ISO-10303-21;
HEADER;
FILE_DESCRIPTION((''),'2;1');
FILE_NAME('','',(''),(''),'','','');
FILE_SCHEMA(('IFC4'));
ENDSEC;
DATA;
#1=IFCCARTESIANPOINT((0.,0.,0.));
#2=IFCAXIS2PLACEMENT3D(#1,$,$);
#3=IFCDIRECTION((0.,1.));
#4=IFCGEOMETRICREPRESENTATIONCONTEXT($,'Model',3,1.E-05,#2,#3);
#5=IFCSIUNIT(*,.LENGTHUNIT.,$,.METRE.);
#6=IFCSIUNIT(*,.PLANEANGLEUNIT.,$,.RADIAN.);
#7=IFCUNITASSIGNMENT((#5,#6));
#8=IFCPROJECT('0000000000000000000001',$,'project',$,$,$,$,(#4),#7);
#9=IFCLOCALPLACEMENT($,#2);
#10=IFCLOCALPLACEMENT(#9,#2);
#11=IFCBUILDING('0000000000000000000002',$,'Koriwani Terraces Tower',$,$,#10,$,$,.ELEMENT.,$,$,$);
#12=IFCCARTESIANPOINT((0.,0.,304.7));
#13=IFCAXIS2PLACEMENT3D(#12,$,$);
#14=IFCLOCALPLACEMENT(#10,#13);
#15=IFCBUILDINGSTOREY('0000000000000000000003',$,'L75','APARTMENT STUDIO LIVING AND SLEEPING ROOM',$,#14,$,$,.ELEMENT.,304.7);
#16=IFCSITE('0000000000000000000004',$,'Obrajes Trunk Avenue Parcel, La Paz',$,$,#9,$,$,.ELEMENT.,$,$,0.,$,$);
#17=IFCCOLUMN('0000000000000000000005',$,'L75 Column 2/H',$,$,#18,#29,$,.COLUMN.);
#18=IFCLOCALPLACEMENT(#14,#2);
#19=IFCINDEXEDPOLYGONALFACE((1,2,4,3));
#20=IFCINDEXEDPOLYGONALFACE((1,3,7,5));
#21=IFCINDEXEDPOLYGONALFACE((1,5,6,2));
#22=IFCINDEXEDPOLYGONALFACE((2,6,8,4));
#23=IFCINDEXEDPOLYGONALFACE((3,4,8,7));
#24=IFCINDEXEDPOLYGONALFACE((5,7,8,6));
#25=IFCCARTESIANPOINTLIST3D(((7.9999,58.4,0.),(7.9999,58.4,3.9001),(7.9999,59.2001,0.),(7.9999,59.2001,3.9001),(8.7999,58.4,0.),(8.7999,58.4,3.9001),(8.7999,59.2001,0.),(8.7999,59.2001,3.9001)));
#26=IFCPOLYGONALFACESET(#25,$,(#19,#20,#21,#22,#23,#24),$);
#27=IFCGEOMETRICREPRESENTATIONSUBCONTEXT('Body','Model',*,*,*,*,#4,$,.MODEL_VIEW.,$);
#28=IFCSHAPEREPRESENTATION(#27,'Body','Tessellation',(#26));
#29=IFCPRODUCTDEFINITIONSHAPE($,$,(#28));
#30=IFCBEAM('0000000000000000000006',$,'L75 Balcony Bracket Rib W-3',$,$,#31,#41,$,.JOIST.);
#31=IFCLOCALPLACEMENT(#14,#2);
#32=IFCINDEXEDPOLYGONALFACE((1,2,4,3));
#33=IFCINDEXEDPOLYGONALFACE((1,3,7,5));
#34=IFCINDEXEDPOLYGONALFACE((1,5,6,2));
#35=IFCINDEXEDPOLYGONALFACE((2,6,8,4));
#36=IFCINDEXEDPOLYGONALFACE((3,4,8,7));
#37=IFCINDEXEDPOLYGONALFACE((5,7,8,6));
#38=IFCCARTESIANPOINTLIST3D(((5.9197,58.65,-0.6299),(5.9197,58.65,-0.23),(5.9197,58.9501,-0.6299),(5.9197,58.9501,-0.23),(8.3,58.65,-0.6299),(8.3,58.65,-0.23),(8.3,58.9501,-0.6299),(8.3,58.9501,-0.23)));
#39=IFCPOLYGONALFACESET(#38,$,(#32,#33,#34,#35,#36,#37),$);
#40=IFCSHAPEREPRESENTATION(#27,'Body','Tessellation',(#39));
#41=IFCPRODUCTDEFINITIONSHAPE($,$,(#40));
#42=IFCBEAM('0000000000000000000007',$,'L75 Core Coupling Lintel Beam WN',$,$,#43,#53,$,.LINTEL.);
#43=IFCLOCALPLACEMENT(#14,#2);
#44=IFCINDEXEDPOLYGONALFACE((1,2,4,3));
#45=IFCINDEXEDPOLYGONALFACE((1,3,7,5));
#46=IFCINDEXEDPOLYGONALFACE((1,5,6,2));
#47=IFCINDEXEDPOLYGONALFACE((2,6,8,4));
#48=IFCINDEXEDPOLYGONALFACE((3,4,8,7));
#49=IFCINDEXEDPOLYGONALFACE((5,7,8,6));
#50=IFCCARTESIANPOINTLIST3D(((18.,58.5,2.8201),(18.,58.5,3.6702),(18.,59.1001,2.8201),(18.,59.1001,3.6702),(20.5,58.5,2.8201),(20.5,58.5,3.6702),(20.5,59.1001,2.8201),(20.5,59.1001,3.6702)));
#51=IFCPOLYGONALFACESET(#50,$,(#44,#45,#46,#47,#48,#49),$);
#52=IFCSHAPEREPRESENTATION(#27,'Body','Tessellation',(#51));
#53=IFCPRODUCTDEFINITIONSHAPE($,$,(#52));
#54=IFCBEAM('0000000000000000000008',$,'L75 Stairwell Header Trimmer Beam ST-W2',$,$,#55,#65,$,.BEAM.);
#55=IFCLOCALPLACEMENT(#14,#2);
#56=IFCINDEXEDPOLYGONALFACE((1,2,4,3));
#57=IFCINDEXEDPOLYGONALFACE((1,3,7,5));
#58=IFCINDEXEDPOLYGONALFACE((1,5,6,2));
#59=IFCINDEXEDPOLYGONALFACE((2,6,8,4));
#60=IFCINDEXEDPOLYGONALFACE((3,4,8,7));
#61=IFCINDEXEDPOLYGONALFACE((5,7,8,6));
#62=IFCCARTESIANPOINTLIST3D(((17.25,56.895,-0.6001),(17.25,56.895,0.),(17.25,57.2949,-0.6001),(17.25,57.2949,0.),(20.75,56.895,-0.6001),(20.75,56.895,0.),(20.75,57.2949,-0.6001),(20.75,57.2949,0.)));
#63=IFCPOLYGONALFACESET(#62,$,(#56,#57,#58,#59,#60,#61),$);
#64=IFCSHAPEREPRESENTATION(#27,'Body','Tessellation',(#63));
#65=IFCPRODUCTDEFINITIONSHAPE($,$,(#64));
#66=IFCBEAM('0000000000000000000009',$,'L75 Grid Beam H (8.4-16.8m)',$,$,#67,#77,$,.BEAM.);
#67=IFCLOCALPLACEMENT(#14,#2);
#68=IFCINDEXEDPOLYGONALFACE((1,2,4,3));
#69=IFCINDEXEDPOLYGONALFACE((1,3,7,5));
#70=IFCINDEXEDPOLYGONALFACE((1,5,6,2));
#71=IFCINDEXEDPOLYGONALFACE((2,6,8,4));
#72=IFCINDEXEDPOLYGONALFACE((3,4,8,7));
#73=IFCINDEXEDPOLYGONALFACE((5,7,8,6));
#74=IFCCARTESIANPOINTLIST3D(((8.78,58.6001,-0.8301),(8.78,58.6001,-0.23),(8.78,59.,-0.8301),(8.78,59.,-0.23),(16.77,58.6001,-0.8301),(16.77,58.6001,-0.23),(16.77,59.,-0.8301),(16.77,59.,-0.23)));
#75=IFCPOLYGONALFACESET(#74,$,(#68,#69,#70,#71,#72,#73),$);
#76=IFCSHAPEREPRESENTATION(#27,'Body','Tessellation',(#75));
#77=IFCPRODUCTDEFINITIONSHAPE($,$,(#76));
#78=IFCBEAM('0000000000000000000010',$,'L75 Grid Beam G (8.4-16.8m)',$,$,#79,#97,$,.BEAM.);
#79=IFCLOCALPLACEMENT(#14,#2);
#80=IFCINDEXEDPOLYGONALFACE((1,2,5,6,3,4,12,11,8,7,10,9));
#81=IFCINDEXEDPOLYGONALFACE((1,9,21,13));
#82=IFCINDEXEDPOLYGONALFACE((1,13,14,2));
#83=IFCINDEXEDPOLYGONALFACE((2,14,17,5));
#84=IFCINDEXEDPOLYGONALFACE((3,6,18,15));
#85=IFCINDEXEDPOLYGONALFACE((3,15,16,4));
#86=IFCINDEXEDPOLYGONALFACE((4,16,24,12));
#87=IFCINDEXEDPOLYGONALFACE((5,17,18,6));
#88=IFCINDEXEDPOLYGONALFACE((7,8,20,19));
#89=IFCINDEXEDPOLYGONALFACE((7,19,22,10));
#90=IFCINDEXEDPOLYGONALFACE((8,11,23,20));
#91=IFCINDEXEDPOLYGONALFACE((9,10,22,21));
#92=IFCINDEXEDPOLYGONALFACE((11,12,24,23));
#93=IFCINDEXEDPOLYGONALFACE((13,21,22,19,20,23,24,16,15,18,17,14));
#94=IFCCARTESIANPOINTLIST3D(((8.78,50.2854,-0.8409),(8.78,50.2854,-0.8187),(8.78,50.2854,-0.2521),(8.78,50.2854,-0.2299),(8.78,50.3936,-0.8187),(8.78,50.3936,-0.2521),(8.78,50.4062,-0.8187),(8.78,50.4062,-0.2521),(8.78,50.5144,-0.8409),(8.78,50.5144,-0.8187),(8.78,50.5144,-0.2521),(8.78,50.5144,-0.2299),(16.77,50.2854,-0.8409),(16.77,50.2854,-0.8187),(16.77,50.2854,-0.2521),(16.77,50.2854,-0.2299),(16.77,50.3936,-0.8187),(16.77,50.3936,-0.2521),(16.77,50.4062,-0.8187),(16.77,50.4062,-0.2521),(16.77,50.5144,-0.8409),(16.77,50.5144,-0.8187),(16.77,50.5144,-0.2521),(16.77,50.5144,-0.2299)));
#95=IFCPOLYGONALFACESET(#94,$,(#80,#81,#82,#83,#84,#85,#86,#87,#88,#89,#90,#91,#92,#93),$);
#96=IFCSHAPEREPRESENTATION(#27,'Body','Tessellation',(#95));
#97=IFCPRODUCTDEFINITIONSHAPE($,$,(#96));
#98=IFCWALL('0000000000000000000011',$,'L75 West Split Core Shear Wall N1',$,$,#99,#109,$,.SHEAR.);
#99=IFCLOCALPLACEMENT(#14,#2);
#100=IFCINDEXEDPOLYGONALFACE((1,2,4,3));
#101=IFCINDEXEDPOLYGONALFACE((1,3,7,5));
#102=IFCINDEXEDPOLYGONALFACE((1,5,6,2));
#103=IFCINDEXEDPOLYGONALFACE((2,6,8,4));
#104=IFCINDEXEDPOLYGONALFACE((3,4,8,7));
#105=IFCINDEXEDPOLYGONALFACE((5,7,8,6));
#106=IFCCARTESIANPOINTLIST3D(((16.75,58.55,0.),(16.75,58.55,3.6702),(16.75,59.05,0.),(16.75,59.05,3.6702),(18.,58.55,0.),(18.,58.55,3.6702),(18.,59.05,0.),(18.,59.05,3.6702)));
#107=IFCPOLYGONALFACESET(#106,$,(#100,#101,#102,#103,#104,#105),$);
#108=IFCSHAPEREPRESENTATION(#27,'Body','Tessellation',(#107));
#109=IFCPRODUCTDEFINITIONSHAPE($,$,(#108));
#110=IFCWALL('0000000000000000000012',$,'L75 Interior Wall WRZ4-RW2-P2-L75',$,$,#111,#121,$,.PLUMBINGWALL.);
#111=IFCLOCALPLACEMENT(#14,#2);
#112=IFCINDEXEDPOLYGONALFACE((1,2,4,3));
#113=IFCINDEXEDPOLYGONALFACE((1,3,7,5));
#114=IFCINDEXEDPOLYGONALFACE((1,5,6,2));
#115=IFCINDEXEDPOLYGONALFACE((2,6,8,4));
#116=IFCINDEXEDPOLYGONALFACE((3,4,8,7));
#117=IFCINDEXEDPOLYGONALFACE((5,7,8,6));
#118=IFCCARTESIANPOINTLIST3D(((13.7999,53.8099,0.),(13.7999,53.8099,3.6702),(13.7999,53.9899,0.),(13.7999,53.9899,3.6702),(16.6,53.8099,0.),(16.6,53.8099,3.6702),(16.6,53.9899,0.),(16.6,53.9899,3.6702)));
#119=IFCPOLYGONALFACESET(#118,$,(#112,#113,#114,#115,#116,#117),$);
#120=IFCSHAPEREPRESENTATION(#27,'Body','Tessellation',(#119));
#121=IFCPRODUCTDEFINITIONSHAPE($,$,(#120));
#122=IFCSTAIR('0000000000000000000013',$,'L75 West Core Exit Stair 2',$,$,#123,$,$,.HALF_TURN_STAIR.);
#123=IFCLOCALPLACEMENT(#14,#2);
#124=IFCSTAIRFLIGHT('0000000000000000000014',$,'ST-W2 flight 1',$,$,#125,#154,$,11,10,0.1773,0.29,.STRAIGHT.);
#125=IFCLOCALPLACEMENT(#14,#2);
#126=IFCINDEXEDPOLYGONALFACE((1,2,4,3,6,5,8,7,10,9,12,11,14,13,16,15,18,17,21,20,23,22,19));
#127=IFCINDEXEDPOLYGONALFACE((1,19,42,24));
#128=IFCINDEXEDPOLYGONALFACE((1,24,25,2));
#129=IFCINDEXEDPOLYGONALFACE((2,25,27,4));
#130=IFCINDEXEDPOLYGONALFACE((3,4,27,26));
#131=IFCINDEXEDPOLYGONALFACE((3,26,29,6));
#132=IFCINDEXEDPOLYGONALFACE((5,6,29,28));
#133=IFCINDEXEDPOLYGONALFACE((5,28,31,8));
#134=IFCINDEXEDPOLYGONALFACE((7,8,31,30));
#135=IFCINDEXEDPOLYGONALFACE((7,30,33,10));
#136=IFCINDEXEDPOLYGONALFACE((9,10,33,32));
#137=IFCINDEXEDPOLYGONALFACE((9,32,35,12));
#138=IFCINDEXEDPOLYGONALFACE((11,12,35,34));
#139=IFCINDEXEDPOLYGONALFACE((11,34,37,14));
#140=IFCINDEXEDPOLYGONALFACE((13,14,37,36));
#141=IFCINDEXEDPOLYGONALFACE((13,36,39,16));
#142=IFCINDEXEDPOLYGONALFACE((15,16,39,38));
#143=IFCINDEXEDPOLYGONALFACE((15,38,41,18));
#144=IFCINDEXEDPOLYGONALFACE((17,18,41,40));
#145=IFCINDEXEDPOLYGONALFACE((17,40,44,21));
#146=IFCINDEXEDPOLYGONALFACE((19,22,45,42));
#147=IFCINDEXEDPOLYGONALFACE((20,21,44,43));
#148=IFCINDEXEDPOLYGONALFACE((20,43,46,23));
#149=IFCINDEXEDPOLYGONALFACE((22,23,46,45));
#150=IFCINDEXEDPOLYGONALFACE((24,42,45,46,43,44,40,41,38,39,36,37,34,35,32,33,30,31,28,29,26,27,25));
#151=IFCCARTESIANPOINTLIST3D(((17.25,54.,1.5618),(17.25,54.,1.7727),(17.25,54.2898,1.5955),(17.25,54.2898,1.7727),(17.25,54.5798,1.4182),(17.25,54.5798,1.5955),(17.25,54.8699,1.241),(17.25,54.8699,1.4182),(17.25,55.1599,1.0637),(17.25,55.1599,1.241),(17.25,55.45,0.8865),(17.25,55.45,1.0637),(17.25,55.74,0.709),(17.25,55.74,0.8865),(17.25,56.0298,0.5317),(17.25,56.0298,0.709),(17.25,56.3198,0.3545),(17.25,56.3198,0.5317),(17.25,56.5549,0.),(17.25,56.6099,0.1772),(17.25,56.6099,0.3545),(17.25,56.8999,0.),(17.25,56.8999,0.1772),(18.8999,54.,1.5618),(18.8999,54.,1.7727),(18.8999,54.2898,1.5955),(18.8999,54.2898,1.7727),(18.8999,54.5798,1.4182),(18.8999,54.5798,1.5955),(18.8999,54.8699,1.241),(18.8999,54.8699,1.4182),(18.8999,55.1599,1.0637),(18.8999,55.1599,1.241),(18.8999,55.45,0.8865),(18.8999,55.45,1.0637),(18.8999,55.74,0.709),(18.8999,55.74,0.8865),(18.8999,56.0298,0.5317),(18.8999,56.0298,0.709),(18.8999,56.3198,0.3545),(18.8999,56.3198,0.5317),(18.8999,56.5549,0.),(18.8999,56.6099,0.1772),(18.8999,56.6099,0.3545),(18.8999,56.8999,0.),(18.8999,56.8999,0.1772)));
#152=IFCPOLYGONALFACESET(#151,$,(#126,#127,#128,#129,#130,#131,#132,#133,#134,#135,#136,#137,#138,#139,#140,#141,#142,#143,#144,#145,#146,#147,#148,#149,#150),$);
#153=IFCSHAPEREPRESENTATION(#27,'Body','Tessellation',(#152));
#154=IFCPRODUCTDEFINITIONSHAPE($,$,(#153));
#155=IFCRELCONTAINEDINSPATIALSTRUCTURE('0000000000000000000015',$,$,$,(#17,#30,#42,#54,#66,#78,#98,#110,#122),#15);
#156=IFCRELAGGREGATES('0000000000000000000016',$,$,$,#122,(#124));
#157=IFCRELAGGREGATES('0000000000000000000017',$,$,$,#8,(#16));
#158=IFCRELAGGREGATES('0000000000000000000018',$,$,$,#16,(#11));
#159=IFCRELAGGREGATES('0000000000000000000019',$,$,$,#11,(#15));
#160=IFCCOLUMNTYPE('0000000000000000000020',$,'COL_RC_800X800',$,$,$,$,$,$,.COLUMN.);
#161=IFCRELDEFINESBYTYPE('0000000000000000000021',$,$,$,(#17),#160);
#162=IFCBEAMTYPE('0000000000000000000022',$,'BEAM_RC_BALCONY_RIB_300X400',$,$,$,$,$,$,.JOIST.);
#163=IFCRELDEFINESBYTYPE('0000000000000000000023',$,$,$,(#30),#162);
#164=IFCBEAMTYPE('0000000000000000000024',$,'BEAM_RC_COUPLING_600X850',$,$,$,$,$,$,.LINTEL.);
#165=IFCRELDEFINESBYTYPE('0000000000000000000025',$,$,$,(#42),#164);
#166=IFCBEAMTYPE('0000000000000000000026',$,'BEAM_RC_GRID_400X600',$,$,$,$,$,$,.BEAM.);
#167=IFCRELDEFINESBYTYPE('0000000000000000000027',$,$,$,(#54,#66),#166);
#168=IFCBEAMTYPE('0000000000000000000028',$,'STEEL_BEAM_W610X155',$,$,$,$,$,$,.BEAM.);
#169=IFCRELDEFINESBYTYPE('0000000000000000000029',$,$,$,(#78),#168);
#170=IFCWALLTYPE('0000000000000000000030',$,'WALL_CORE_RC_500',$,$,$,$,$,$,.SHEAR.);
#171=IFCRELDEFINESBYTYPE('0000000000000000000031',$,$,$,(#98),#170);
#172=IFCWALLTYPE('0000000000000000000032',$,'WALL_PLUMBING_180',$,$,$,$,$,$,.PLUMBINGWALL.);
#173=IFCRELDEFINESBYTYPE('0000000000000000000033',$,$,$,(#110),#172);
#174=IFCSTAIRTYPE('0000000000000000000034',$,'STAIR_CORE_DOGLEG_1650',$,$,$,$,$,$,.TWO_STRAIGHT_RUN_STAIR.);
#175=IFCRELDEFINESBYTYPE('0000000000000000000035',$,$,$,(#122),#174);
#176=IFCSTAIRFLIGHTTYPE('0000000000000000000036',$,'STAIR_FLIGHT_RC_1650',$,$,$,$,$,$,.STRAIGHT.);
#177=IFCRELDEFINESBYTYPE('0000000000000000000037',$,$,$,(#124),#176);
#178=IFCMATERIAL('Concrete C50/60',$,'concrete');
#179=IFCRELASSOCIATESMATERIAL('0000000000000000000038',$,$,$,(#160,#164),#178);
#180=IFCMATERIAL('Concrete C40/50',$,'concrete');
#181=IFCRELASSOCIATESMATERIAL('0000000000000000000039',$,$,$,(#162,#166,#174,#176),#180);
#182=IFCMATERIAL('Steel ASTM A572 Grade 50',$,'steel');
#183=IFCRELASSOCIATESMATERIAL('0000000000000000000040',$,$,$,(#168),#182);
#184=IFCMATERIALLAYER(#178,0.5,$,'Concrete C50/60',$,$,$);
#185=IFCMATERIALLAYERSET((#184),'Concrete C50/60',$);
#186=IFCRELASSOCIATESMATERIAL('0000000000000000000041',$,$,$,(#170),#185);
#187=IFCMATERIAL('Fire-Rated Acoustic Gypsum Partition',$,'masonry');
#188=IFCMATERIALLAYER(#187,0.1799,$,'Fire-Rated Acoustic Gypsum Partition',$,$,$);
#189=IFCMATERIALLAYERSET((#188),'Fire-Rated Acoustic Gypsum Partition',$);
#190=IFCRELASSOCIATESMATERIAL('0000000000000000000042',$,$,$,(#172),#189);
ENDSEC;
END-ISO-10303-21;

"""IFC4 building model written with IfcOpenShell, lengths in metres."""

from ifc_helpers import new_model, si_unit, direction, frame, frame_2d, origin, origin_2d, place, context, subcontext, project, spatial, polyline, rectangle, i_section, outline, extrude, material, layer, layer_set, material_profile, profile_set, type_object, element, aggregate, save


model = new_model("IFC4")

# Units and contexts
model_context = context("Model", 3, precision=1e-05, world=origin(), true_north=direction((0.0, 1.0)))
body_context = subcontext(model_context, "Body", "Model", "MODEL_VIEW")
ifc_project = project(units=[si_unit("LENGTHUNIT", "METRE"), si_unit("PLANEANGLEUNIT", "RADIAN")], contexts=[model_context])

# Site, building, storey
site_placement = place(None, origin())
site = spatial("IfcSite", under=ifc_project, at=site_placement, Name="Obrajes Trunk Avenue Parcel, La Paz", CompositionType="ELEMENT", RefElevation=0.0)
building_placement = place(site_placement, origin())
building = spatial("IfcBuilding", under=site, at=building_placement, Name="Koriwani Terraces Tower", CompositionType="ELEMENT")
storey_placement = place(building_placement, frame((0.0, 0.0, 304.7)))
storey = spatial("IfcBuildingStorey", under=building, at=storey_placement, Name="L75", Description="APARTMENT STUDIO LIVING AND SLEEPING ROOM", CompositionType="ELEMENT", Elevation=304.7)

# Column
ifc_material_1 = material(Name="Concrete C50/60", Category="concrete")
ifc_material_profile_1 = material_profile(ifc_material_1, rectangle(XDim=0.8, YDim=0.8, at=origin_2d()), Name="Concrete C50/60", Category="LoadBearing")
ifc_profile_set_1 = profile_set([ifc_material_profile_1], Name="Concrete C50/60")
column_type = type_object("IfcColumnType", Name="COL_RC_800X800", PredefinedType="COLUMN", material=ifc_profile_set_1)
column_placement = place(storey_placement, frame((8.3999, 58.8, 0.0), z_axis=(0.0, 0.0, 1.0), x_axis=(1.0, 0.0, 0.0)))
element("IfcColumn", 1, at=column_placement, inside=storey, type_object=column_type, Name="L75 Column 2/H", PredefinedType="COLUMN", context=body_context, shape_type="SweptSolid", body=[
    extrude(rectangle(XDim=0.8, YDim=0.8, at=origin_2d()), origin(), (0.0, 0.0, 1.0), 3.9001),
])

# Beams
ifc_material_2 = material(Name="Concrete C40/50", Category="concrete")
ifc_material_profile_2 = material_profile(ifc_material_2, rectangle(XDim=0.3, YDim=0.3999, at=origin_2d()), Name="Concrete C40/50", Category="LoadBearing")
ifc_profile_set_2 = profile_set([ifc_material_profile_2], Name="Concrete C40/50")
beam_type_1 = type_object("IfcBeamType", Name="BEAM_RC_BALCONY_RIB_300X400", PredefinedType="JOIST", material=ifc_profile_set_2)
beam_1_placement = place(storey_placement, frame((5.9197, 58.8, -0.4299), z_axis=(1.0, 0.0, 0.0), x_axis=(0.0, 1.0, 0.0)))
element("IfcBeam", 2, at=beam_1_placement, inside=storey, type_object=beam_type_1, Name="L75 Balcony Bracket Rib W-3", PredefinedType="JOIST", context=body_context, shape_type="SweptSolid", body=[
    extrude(rectangle(XDim=0.3, YDim=0.3999, at=origin_2d()), origin(), (0.0, 0.0, 1.0), 2.3804),
])
ifc_material_profile_3 = material_profile(ifc_material_1, rectangle(XDim=0.6001, YDim=0.8501, at=origin_2d()), Name="Concrete C50/60", Category="LoadBearing")
ifc_profile_set_3 = profile_set([ifc_material_profile_3], Name="Concrete C50/60")
beam_type_2 = type_object("IfcBeamType", Name="BEAM_RC_COUPLING_600X850", PredefinedType="LINTEL", material=ifc_profile_set_3)
beam_2_placement = place(storey_placement, frame((18.0, 58.8, 3.2451), z_axis=(1.0, 0.0, 0.0), x_axis=(0.0, 1.0, 0.0)))
element("IfcBeam", 3, at=beam_2_placement, inside=storey, type_object=beam_type_2, Name="L75 Core Coupling Lintel Beam WN", PredefinedType="LINTEL", context=body_context, shape_type="SweptSolid", body=[
    extrude(rectangle(XDim=0.6001, YDim=0.8501, at=origin_2d()), origin(), (0.0, 0.0, 1.0), 2.5),
])
ifc_material_profile_4 = material_profile(ifc_material_2, rectangle(XDim=0.3999, YDim=0.6001, at=origin_2d()), Name="Concrete C40/50", Category="LoadBearing")
ifc_profile_set_4 = profile_set([ifc_material_profile_4], Name="Concrete C40/50")
beam_type_3 = type_object("IfcBeamType", Name="BEAM_RC_GRID_400X600", PredefinedType="BEAM", material=ifc_profile_set_4)
beam_3_placement = place(storey_placement, frame((17.25, 57.095, -0.3), z_axis=(1.0, 0.0, 0.0), x_axis=(0.0, 1.0, 0.0)))
element("IfcBeam", 4, at=beam_3_placement, inside=storey, type_object=beam_type_3, Name="L75 Stairwell Header Trimmer Beam ST-W2", PredefinedType="BEAM", context=body_context, shape_type="SweptSolid", body=[
    extrude(rectangle(XDim=0.3999, YDim=0.6001, at=origin_2d()), origin(), (0.0, 0.0, 1.0), 3.5),
])
beam_4_placement = place(storey_placement, frame((8.78, 58.8, -0.53), z_axis=(1.0, 0.0, 0.0), x_axis=(0.0, 1.0, 0.0)))
element("IfcBeam", 5, at=beam_4_placement, inside=storey, type_object=beam_type_3, Name="L75 Grid Beam H (8.4-16.8m)", PredefinedType="BEAM", context=body_context, shape_type="SweptSolid", body=[
    extrude(rectangle(XDim=0.3999, YDim=0.6001, at=origin_2d()), origin(), (0.0, 0.0, 1.0), 7.99),
])
ifc_material_3 = material(Name="Steel ASTM A572 Grade 50", Category="steel")
ifc_material_profile_5 = material_profile(ifc_material_3, i_section(OverallWidth=0.229, OverallDepth=0.6111, WebThickness=0.0127, FlangeThickness=0.0222, at=origin_2d()), Name="Steel ASTM A572 Grade 50", Category="LoadBearing")
ifc_profile_set_5 = profile_set([ifc_material_profile_5], Name="Steel ASTM A572 Grade 50")
beam_type_4 = type_object("IfcBeamType", Name="STEEL_BEAM_W610X155", PredefinedType="BEAM", material=ifc_profile_set_5)
beam_5_placement = place(storey_placement, frame((8.78, 50.3999, -0.5354), z_axis=(1.0, 0.0, 0.0), x_axis=(0.0, 1.0, 0.0)))
element("IfcBeam", 6, at=beam_5_placement, inside=storey, type_object=beam_type_4, Name="L75 Grid Beam G (8.4-16.8m)", PredefinedType="BEAM", context=body_context, shape_type="SweptSolid", body=[
    extrude(i_section(OverallWidth=0.229, OverallDepth=0.6111, WebThickness=0.0127, FlangeThickness=0.0222, at=origin_2d()), origin(), (0.0, 0.0, 1.0), 7.99),
])

# Walls
ifc_layer_1 = layer(ifc_material_1, 0.5, Name="Concrete C50/60")
ifc_layer_set_1 = layer_set([ifc_layer_1], Name="Concrete C50/60")
wall_type_1 = type_object("IfcWallType", Name="WALL_CORE_RC_500", PredefinedType="SHEAR", material=ifc_layer_set_1)
wall_1_placement = place(storey_placement, frame((16.75, 58.8, 0.0), z_axis=(0.0, 0.0, 1.0), x_axis=(1.0, 0.0, 0.0)))
element("IfcWall", 7, at=wall_1_placement, inside=storey, type_object=wall_type_1, Name="L75 West Split Core Shear Wall N1", PredefinedType="SHEAR", context=body_context, shape_type="SweptSolid", body=[
    extrude(rectangle(XDim=1.25, YDim=0.5, at=frame_2d((0.625, 0.0))), origin(), (0.0, 0.0, 1.0), 3.6702),
])
ifc_material_4 = material(Name="Fire-Rated Acoustic Gypsum Partition", Category="masonry")
ifc_layer_2 = layer(ifc_material_4, 0.1799, Name="Fire-Rated Acoustic Gypsum Partition")
ifc_layer_set_2 = layer_set([ifc_layer_2], Name="Fire-Rated Acoustic Gypsum Partition")
wall_type_2 = type_object("IfcWallType", Name="WALL_PLUMBING_180", PredefinedType="PLUMBINGWALL", material=ifc_layer_set_2)
wall_2_placement = place(storey_placement, frame((13.8, 53.8999, 0.0), z_axis=(0.0, 0.0, 1.0), x_axis=(1.0, 0.0, 0.0)))
element("IfcWall", 8, at=wall_2_placement, inside=storey, type_object=wall_type_2, Name="L75 Interior Wall WRZ4-RW2-P2-L75", PredefinedType="PLUMBINGWALL", context=body_context, shape_type="SweptSolid", body=[
    extrude(rectangle(XDim=2.8, YDim=0.1799, at=frame_2d((1.3999, 0.0))), origin(), (0.0, 0.0, 1.0), 3.6702),
])

# Stair, stair flight
stair_type = type_object("IfcStairType", Name="STAIR_CORE_DOGLEG_1650", PredefinedType="TWO_STRAIGHT_RUN_STAIR", material=ifc_material_2)
stair_placement = place(storey_placement, origin())
stair = element("IfcStair", 9, at=stair_placement, inside=storey, type_object=stair_type, Name="L75 West Core Exit Stair 2", PredefinedType="HALF_TURN_STAIR")
stair_flight_type = type_object("IfcStairFlightType", Name="STAIR_FLIGHT_RC_1650", PredefinedType="STRAIGHT", material=ifc_material_2)
stair_flight_1_placement = place(storey_placement, frame((18.075, 56.8999, 0.0), z_axis=(0.0, 0.0, 1.0), x_axis=(0.0, -1.0, 0.0)))
stair_flight_1 = element("IfcStairFlight", 10, at=stair_flight_1_placement, type_object=stair_flight_type, Name="ST-W2 flight 1", NumberOfRisers=11, NumberOfTreads=10, PredefinedType="STRAIGHT", RiserHeight=0.1773, TreadLength=0.29, context=body_context, shape_type="SweptSolid", body=[
    extrude(outline(polyline([(0.0, 0.0), (0.0, 0.1772), (0.29, 0.1772), (0.29, 0.3545), (0.5801, 0.3545), (0.5801, 0.5317), (0.8701, 0.5317), (0.8701, 0.709), (1.1599, 0.709), (1.1599, 0.8865), (1.45, 0.8865), (1.45, 1.0637), (1.74, 1.0637), (1.74, 1.241), (2.03, 1.241), (2.03, 1.4182), (2.3201, 1.4182), (2.3201, 1.5955), (2.6101, 1.5955), (2.6101, 1.7727), (2.8999, 1.7727), (2.8999, 1.95), (2.8999, 1.5618), (0.345, 0.0), (0.0, 0.0)])), frame((0.0, 0.825, 0.0), z_axis=(0.0, -1.0, 0.0), x_axis=(1.0, 0.0, 0.0)), (0.0, 0.0, 1.0), 1.6499),
])
aggregate(stair, [stair_flight_1])

save(model, "model.ifc")
